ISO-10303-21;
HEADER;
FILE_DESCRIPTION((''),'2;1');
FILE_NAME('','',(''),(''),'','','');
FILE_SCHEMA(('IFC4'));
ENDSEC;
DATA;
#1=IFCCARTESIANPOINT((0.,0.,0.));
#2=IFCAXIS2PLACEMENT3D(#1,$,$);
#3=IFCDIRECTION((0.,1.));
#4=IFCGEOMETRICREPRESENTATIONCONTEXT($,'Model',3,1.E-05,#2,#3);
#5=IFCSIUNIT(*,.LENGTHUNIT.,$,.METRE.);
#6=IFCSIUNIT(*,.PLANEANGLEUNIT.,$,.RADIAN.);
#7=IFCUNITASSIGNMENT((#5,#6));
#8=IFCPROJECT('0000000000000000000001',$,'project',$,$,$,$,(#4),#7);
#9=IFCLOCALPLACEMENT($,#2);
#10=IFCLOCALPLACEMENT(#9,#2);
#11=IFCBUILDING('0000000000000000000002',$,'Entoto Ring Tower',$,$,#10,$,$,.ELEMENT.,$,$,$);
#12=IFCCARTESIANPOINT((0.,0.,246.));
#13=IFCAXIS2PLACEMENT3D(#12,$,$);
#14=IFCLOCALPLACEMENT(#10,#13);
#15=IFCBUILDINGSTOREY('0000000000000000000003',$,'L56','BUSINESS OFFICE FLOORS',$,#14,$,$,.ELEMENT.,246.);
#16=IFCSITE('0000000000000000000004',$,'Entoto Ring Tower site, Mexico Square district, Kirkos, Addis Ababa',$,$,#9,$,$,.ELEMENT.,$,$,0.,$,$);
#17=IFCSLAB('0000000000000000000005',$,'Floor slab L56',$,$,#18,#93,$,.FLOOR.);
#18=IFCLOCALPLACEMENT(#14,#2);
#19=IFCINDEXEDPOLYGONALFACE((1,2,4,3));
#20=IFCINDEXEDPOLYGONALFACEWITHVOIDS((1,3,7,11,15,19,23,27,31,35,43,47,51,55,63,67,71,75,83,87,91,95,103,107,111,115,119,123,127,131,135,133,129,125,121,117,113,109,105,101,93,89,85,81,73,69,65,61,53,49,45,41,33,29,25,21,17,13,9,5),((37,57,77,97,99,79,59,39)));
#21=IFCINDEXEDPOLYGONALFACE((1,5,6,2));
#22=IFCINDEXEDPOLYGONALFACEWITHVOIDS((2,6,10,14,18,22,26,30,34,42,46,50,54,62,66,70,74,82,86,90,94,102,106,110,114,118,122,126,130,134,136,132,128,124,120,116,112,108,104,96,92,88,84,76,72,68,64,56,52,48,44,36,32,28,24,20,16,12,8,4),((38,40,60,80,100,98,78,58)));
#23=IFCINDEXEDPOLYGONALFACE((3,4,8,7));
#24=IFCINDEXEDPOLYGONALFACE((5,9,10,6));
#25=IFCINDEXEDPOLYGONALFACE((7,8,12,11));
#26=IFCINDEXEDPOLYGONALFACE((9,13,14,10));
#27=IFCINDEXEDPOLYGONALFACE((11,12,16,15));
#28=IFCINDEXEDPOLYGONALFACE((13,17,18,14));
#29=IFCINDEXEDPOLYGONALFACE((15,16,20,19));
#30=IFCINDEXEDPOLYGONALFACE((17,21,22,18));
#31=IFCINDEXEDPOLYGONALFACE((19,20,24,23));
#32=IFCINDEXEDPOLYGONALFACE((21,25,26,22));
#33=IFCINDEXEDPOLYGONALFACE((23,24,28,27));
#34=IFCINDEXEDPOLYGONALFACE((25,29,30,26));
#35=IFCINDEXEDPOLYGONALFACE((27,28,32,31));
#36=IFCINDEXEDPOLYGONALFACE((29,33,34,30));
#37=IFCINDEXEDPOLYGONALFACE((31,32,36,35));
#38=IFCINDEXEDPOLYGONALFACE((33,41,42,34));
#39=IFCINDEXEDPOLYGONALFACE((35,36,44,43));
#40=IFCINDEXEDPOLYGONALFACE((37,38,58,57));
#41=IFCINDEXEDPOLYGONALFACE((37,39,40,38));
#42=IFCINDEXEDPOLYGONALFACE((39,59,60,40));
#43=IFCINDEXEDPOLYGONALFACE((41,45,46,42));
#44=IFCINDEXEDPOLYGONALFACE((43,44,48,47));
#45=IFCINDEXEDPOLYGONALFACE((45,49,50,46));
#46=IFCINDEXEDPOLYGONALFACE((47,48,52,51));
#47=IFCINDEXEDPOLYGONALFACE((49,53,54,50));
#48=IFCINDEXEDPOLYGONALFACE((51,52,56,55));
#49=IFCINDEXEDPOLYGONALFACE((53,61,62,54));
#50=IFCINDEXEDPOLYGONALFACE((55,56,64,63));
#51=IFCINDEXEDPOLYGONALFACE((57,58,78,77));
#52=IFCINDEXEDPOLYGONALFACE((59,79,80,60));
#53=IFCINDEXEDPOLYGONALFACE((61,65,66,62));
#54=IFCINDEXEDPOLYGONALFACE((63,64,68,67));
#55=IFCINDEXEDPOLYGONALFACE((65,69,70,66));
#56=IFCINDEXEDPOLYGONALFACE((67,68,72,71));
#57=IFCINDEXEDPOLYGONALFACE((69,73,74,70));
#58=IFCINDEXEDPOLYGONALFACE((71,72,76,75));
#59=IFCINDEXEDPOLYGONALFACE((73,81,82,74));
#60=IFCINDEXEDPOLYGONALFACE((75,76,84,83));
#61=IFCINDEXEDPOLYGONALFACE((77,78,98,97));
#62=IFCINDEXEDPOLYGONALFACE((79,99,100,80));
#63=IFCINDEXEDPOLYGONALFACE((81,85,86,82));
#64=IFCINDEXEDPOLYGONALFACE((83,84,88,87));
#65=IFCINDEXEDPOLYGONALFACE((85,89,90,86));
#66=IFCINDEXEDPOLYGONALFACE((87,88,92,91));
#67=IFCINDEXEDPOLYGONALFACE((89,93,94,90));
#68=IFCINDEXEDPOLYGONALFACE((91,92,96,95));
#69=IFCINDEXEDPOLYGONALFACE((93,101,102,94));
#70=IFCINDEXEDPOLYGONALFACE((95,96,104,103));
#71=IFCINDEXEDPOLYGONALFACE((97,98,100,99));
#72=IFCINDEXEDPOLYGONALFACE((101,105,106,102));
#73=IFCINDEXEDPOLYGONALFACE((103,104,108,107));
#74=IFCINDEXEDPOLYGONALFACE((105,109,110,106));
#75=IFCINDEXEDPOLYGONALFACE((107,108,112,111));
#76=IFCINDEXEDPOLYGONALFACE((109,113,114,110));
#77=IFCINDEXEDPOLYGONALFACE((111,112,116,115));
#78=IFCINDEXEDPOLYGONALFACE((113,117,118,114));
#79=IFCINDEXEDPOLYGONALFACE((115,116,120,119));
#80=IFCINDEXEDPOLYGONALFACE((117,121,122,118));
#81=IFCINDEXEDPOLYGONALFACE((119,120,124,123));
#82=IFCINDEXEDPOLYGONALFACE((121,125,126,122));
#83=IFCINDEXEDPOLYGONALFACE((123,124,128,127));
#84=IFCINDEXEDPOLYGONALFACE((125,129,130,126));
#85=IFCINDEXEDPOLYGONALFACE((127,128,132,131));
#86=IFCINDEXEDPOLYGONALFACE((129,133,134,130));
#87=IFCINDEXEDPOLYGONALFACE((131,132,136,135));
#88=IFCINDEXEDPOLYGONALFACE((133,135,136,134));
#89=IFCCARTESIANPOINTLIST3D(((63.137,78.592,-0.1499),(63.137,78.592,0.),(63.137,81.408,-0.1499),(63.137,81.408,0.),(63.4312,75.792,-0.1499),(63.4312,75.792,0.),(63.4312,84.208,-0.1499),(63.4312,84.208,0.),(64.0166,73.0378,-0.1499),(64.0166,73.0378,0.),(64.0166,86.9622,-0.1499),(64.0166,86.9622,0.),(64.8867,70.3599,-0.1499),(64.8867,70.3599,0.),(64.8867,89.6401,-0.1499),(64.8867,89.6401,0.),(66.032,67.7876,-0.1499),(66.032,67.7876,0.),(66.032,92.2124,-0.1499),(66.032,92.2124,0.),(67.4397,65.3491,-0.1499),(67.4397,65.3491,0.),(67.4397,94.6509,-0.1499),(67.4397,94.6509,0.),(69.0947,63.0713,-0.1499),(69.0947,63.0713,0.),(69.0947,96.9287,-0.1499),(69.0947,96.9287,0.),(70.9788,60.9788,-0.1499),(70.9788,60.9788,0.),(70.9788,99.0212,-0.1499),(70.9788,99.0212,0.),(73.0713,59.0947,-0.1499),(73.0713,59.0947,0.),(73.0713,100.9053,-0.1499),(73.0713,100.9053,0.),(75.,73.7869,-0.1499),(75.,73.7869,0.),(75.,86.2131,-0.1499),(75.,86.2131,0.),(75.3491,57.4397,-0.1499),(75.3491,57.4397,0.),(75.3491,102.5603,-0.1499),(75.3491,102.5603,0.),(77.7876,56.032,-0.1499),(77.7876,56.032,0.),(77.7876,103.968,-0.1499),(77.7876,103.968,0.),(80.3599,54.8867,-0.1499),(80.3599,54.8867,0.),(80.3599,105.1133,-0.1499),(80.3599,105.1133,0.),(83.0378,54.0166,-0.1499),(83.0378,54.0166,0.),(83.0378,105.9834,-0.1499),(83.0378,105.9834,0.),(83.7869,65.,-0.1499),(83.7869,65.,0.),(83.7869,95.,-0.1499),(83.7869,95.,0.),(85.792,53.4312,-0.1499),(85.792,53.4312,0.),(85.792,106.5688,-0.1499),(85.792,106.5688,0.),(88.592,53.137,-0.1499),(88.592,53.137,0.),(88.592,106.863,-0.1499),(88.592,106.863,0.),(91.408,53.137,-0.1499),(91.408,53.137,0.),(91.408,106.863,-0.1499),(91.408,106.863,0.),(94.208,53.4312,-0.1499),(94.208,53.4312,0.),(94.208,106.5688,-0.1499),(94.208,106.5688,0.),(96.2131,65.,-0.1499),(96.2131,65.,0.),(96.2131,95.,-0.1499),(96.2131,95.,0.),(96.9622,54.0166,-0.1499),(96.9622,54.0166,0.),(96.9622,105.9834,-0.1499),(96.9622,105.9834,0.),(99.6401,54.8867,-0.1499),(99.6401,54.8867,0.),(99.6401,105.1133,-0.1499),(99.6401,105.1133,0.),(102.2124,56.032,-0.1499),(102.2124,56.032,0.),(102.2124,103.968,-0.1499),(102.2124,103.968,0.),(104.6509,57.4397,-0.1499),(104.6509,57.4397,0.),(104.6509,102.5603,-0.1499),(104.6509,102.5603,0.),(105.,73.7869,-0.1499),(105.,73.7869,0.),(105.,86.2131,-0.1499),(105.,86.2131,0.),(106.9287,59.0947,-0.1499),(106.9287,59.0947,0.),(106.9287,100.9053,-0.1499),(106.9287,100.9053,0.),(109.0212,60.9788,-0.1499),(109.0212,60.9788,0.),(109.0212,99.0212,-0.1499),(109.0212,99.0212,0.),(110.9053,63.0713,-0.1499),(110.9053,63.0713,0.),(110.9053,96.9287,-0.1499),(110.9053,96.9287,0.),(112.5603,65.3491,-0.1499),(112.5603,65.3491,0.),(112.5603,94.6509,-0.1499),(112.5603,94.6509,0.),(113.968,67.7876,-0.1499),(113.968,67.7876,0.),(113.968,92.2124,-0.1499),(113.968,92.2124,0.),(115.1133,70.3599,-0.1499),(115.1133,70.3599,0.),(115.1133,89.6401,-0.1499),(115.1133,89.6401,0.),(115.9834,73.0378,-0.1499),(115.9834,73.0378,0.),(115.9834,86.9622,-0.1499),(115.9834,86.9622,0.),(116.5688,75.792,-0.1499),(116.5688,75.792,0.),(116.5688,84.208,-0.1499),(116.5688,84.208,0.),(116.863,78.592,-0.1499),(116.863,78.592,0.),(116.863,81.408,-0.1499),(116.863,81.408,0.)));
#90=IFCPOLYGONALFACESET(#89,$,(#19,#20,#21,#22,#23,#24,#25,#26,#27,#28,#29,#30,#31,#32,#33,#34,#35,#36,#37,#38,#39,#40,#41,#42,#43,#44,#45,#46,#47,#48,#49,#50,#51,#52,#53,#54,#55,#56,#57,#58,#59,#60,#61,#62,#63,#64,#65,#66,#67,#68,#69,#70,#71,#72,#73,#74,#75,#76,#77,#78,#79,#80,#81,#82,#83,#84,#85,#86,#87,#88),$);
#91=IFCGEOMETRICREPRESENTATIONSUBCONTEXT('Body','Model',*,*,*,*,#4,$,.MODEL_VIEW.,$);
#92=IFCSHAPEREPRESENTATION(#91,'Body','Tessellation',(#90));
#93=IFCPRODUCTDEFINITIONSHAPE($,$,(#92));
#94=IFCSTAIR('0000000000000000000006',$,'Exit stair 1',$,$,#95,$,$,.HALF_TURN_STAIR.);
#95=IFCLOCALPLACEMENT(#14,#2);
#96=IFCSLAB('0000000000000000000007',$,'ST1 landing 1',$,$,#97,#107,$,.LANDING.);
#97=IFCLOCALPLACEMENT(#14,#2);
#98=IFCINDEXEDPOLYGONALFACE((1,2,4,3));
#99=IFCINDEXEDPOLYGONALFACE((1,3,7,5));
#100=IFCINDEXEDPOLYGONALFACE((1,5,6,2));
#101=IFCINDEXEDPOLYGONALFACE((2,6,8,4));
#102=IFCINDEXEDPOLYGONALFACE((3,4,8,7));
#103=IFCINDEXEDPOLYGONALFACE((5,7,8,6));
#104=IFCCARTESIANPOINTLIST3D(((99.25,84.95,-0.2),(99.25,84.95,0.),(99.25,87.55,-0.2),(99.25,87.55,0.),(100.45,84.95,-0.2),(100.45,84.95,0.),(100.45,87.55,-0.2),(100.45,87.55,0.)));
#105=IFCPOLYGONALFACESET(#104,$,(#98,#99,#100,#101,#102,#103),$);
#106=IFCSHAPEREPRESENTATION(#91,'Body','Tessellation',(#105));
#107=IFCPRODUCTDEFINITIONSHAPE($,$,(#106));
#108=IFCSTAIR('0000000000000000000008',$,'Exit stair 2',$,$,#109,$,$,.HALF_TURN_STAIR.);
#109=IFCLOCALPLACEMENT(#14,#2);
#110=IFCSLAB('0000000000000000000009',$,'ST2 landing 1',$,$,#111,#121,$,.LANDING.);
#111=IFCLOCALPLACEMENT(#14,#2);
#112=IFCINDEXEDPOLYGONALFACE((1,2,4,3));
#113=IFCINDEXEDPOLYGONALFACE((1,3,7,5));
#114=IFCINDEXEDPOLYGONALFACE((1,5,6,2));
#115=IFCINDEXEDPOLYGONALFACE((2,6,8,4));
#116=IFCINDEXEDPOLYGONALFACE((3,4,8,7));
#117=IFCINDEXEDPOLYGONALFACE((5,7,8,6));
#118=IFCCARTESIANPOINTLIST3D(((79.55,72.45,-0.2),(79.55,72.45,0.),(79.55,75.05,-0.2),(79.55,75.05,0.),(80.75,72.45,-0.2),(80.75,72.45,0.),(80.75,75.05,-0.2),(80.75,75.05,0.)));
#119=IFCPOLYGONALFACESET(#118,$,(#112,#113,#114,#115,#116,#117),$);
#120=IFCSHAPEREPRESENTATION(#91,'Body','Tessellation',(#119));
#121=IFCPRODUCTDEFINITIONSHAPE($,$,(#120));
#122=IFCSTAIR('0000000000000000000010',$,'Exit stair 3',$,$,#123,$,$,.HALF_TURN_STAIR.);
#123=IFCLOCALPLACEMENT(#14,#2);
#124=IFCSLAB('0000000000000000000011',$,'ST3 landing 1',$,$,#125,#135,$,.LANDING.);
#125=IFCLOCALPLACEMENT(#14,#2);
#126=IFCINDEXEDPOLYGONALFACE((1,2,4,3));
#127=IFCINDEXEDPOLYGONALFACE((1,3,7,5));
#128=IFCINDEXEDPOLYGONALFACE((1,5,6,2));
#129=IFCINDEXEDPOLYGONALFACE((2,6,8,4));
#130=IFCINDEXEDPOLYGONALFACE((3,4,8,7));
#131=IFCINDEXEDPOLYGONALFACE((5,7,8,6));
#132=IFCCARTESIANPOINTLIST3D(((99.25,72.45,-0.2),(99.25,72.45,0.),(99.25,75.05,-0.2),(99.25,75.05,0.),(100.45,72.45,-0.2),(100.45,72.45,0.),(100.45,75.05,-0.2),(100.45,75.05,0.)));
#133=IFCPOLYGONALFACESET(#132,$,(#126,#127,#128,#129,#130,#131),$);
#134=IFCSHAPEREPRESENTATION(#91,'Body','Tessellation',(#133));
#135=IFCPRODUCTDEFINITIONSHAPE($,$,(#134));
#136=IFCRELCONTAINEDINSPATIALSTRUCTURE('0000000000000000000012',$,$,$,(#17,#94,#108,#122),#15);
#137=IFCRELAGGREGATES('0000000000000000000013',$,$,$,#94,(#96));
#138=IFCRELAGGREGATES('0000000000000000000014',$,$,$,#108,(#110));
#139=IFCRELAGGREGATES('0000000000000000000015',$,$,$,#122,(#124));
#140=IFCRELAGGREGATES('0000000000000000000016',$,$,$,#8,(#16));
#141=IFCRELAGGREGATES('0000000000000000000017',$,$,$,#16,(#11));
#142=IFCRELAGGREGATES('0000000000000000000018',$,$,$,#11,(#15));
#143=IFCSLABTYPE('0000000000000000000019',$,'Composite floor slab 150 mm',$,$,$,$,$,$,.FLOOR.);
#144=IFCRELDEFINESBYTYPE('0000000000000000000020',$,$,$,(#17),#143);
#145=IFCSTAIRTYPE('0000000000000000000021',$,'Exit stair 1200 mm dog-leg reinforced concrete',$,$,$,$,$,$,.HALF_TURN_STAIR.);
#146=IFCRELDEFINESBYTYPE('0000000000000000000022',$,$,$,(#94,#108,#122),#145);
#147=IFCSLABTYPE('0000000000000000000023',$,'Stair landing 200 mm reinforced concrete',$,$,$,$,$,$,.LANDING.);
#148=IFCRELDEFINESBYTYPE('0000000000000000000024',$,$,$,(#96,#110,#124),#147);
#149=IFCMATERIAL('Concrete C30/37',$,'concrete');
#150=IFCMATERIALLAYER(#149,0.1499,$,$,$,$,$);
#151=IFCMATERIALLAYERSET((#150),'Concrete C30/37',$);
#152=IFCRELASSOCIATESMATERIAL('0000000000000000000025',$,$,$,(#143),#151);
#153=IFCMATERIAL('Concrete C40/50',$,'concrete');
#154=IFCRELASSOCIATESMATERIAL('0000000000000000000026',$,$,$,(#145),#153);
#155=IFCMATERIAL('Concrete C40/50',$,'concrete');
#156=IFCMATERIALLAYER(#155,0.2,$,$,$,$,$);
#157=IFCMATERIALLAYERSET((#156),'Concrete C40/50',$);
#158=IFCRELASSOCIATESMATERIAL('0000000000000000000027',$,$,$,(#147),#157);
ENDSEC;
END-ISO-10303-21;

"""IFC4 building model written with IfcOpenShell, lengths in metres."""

from ifc_helpers import new_model, si_unit, direction, frame, origin, place, context, subcontext, project, spatial, polyline, outline, extrude, material, layer, layer_set, type_object, element, aggregate, save


model = new_model("IFC4")

# Units and contexts
model_context = context("Model", 3, precision=1e-05, world=origin(), true_north=direction((0.0, 1.0)))
body_context = subcontext(model_context, "Body", "Model", "MODEL_VIEW")
ifc_project = project(units=[si_unit("LENGTHUNIT", "METRE"), si_unit("PLANEANGLEUNIT", "RADIAN")], contexts=[model_context])

# Site, building, storey
site_placement = place(None, origin())
building_placement = place(site_placement, origin())
storey_placement = place(building_placement, frame((0.0, 0.0, 246.0)))
site = spatial("IfcSite", under=ifc_project, at=site_placement, Name="Entoto Ring Tower site, Mexico Square district, Kirkos, Addis Ababa", CompositionType="ELEMENT", RefElevation=0.0)
building = spatial("IfcBuilding", under=site, at=building_placement, Name="Entoto Ring Tower", CompositionType="ELEMENT")
storey = spatial("IfcBuildingStorey", under=building, at=storey_placement, Name="L56", Description="BUSINESS OFFICE FLOORS", CompositionType="ELEMENT", Elevation=246.0)

# Slab
ifc_material_1 = material(Name="Concrete C30/37", Category="concrete")
ifc_layer_1 = layer(ifc_material_1, 0.1499)
ifc_layer_set_1 = layer_set([ifc_layer_1], Name="Concrete C30/37")
slab_type_1 = type_object("IfcSlabType", Name="Composite floor slab 150 mm", PredefinedType="FLOOR", material=ifc_layer_set_1)
slab_1_placement = place(storey_placement, frame((0.0, 0.0, -0.1499)))
element("IfcSlab", 1, at=slab_1_placement, inside=storey, type_object=slab_type_1, Name="Floor slab L56", PredefinedType="FLOOR", context=body_context, shape_type="SweptSolid", body=[
    extrude(outline(polyline([(116.5688, 84.208), (115.9834, 86.9622), (115.1133, 89.6401), (113.968, 92.2124), (112.5603, 94.6509), (110.9053, 96.9287), (109.0212, 99.0212), (106.9287, 100.9053), (104.6509, 102.5603), (102.2124, 103.968), (99.6401, 105.1133), (96.9622, 105.9834), (94.208, 106.5688), (91.408, 106.863), (88.592, 106.863), (85.792, 106.5688), (83.0378, 105.9834), (80.3599, 105.1133), (77.7876, 103.968), (75.3491, 102.5603), (73.0713, 100.9053), (70.9788, 99.0212), (69.0947, 96.9287), (67.4397, 94.6509), (66.032, 92.2124), (64.8867, 89.6401), (64.0166, 86.9622), (63.4312, 84.208), (63.137, 81.408), (63.137, 78.592), (63.4312, 75.792), (64.0166, 73.0378), (64.8867, 70.3599), (66.032, 67.7876), (67.4397, 65.3491), (69.0947, 63.0713), (70.9788, 60.9788), (73.0713, 59.0947), (75.3491, 57.4397), (77.7876, 56.032), (80.3599, 54.8867), (83.0378, 54.0166), (85.792, 53.4312), (88.592, 53.137), (91.408, 53.137), (94.208, 53.4312), (96.9622, 54.0166), (99.6401, 54.8867), (102.2124, 56.032), (104.6509, 57.4397), (106.9287, 59.0947), (109.0212, 60.9788), (110.9053, 63.0713), (112.5603, 65.3491), (113.968, 67.7876), (115.1133, 70.3599), (115.9834, 73.0378), (116.5688, 75.792), (116.863, 78.592), (116.863, 81.408), (116.5688, 84.208)]), holes=[polyline([(105.0, 73.7869), (105.0, 86.2131), (96.2131, 95.0), (83.7869, 95.0), (75.0, 86.2131), (75.0, 73.7869), (83.7869, 65.0), (96.2131, 65.0), (105.0, 73.7869)])]), origin(), (0.0, 0.0, 1.0), 0.1499),
])

# Stairs, slabs
ifc_material_2 = material(Name="Concrete C40/50", Category="concrete")
stair_type = type_object("IfcStairType", Name="Exit stair 1200 mm dog-leg reinforced concrete", PredefinedType="HALF_TURN_STAIR", material=ifc_material_2)
stair_1_placement = place(storey_placement, origin())
stair_1 = element("IfcStair", 2, at=stair_1_placement, inside=storey, type_object=stair_type, Name="Exit stair 1", PredefinedType="HALF_TURN_STAIR")
ifc_material_3 = material(Name="Concrete C40/50", Category="concrete")
ifc_layer_2 = layer(ifc_material_3, 0.2)
ifc_layer_set_2 = layer_set([ifc_layer_2], Name="Concrete C40/50")
slab_type_2 = type_object("IfcSlabType", Name="Stair landing 200 mm reinforced concrete", PredefinedType="LANDING", material=ifc_layer_set_2)
slab_2_placement = place(storey_placement, frame((0.0, 0.0, -0.2)))
slab_2 = element("IfcSlab", 3, at=slab_2_placement, type_object=slab_type_2, Name="ST1 landing 1", PredefinedType="LANDING", context=body_context, shape_type="SweptSolid", body=[
    extrude(outline(polyline([(100.45, 84.95), (100.45, 87.55), (99.25, 87.55), (99.25, 84.95), (100.45, 84.95)])), origin(), (0.0, 0.0, 1.0), 0.2),
])
aggregate(stair_1, [slab_2])
stair_2_placement = place(storey_placement, origin())
stair_2 = element("IfcStair", 4, at=stair_2_placement, inside=storey, type_object=stair_type, Name="Exit stair 2", PredefinedType="HALF_TURN_STAIR")
slab_3_placement = place(storey_placement, frame((0.0, 0.0, -0.2)))
slab_3 = element("IfcSlab", 5, at=slab_3_placement, type_object=slab_type_2, Name="ST2 landing 1", PredefinedType="LANDING", context=body_context, shape_type="SweptSolid", body=[
    extrude(outline(polyline([(80.75, 72.45), (80.75, 75.05), (79.55, 75.05), (79.55, 72.45), (80.75, 72.45)])), origin(), (0.0, 0.0, 1.0), 0.2),
])
aggregate(stair_2, [slab_3])
stair_3_placement = place(storey_placement, origin())
stair_3 = element("IfcStair", 6, at=stair_3_placement, inside=storey, type_object=stair_type, Name="Exit stair 3", PredefinedType="HALF_TURN_STAIR")
slab_4_placement = place(storey_placement, frame((0.0, 0.0, -0.2)))
slab_4 = element("IfcSlab", 7, at=slab_4_placement, type_object=slab_type_2, Name="ST3 landing 1", PredefinedType="LANDING", context=body_context, shape_type="SweptSolid", body=[
    extrude(outline(polyline([(100.45, 72.45), (100.45, 75.05), (99.25, 75.05), (99.25, 72.45), (100.45, 72.45)])), origin(), (0.0, 0.0, 1.0), 0.2),
])
aggregate(stair_3, [slab_4])

save(model, "model.ifc")
